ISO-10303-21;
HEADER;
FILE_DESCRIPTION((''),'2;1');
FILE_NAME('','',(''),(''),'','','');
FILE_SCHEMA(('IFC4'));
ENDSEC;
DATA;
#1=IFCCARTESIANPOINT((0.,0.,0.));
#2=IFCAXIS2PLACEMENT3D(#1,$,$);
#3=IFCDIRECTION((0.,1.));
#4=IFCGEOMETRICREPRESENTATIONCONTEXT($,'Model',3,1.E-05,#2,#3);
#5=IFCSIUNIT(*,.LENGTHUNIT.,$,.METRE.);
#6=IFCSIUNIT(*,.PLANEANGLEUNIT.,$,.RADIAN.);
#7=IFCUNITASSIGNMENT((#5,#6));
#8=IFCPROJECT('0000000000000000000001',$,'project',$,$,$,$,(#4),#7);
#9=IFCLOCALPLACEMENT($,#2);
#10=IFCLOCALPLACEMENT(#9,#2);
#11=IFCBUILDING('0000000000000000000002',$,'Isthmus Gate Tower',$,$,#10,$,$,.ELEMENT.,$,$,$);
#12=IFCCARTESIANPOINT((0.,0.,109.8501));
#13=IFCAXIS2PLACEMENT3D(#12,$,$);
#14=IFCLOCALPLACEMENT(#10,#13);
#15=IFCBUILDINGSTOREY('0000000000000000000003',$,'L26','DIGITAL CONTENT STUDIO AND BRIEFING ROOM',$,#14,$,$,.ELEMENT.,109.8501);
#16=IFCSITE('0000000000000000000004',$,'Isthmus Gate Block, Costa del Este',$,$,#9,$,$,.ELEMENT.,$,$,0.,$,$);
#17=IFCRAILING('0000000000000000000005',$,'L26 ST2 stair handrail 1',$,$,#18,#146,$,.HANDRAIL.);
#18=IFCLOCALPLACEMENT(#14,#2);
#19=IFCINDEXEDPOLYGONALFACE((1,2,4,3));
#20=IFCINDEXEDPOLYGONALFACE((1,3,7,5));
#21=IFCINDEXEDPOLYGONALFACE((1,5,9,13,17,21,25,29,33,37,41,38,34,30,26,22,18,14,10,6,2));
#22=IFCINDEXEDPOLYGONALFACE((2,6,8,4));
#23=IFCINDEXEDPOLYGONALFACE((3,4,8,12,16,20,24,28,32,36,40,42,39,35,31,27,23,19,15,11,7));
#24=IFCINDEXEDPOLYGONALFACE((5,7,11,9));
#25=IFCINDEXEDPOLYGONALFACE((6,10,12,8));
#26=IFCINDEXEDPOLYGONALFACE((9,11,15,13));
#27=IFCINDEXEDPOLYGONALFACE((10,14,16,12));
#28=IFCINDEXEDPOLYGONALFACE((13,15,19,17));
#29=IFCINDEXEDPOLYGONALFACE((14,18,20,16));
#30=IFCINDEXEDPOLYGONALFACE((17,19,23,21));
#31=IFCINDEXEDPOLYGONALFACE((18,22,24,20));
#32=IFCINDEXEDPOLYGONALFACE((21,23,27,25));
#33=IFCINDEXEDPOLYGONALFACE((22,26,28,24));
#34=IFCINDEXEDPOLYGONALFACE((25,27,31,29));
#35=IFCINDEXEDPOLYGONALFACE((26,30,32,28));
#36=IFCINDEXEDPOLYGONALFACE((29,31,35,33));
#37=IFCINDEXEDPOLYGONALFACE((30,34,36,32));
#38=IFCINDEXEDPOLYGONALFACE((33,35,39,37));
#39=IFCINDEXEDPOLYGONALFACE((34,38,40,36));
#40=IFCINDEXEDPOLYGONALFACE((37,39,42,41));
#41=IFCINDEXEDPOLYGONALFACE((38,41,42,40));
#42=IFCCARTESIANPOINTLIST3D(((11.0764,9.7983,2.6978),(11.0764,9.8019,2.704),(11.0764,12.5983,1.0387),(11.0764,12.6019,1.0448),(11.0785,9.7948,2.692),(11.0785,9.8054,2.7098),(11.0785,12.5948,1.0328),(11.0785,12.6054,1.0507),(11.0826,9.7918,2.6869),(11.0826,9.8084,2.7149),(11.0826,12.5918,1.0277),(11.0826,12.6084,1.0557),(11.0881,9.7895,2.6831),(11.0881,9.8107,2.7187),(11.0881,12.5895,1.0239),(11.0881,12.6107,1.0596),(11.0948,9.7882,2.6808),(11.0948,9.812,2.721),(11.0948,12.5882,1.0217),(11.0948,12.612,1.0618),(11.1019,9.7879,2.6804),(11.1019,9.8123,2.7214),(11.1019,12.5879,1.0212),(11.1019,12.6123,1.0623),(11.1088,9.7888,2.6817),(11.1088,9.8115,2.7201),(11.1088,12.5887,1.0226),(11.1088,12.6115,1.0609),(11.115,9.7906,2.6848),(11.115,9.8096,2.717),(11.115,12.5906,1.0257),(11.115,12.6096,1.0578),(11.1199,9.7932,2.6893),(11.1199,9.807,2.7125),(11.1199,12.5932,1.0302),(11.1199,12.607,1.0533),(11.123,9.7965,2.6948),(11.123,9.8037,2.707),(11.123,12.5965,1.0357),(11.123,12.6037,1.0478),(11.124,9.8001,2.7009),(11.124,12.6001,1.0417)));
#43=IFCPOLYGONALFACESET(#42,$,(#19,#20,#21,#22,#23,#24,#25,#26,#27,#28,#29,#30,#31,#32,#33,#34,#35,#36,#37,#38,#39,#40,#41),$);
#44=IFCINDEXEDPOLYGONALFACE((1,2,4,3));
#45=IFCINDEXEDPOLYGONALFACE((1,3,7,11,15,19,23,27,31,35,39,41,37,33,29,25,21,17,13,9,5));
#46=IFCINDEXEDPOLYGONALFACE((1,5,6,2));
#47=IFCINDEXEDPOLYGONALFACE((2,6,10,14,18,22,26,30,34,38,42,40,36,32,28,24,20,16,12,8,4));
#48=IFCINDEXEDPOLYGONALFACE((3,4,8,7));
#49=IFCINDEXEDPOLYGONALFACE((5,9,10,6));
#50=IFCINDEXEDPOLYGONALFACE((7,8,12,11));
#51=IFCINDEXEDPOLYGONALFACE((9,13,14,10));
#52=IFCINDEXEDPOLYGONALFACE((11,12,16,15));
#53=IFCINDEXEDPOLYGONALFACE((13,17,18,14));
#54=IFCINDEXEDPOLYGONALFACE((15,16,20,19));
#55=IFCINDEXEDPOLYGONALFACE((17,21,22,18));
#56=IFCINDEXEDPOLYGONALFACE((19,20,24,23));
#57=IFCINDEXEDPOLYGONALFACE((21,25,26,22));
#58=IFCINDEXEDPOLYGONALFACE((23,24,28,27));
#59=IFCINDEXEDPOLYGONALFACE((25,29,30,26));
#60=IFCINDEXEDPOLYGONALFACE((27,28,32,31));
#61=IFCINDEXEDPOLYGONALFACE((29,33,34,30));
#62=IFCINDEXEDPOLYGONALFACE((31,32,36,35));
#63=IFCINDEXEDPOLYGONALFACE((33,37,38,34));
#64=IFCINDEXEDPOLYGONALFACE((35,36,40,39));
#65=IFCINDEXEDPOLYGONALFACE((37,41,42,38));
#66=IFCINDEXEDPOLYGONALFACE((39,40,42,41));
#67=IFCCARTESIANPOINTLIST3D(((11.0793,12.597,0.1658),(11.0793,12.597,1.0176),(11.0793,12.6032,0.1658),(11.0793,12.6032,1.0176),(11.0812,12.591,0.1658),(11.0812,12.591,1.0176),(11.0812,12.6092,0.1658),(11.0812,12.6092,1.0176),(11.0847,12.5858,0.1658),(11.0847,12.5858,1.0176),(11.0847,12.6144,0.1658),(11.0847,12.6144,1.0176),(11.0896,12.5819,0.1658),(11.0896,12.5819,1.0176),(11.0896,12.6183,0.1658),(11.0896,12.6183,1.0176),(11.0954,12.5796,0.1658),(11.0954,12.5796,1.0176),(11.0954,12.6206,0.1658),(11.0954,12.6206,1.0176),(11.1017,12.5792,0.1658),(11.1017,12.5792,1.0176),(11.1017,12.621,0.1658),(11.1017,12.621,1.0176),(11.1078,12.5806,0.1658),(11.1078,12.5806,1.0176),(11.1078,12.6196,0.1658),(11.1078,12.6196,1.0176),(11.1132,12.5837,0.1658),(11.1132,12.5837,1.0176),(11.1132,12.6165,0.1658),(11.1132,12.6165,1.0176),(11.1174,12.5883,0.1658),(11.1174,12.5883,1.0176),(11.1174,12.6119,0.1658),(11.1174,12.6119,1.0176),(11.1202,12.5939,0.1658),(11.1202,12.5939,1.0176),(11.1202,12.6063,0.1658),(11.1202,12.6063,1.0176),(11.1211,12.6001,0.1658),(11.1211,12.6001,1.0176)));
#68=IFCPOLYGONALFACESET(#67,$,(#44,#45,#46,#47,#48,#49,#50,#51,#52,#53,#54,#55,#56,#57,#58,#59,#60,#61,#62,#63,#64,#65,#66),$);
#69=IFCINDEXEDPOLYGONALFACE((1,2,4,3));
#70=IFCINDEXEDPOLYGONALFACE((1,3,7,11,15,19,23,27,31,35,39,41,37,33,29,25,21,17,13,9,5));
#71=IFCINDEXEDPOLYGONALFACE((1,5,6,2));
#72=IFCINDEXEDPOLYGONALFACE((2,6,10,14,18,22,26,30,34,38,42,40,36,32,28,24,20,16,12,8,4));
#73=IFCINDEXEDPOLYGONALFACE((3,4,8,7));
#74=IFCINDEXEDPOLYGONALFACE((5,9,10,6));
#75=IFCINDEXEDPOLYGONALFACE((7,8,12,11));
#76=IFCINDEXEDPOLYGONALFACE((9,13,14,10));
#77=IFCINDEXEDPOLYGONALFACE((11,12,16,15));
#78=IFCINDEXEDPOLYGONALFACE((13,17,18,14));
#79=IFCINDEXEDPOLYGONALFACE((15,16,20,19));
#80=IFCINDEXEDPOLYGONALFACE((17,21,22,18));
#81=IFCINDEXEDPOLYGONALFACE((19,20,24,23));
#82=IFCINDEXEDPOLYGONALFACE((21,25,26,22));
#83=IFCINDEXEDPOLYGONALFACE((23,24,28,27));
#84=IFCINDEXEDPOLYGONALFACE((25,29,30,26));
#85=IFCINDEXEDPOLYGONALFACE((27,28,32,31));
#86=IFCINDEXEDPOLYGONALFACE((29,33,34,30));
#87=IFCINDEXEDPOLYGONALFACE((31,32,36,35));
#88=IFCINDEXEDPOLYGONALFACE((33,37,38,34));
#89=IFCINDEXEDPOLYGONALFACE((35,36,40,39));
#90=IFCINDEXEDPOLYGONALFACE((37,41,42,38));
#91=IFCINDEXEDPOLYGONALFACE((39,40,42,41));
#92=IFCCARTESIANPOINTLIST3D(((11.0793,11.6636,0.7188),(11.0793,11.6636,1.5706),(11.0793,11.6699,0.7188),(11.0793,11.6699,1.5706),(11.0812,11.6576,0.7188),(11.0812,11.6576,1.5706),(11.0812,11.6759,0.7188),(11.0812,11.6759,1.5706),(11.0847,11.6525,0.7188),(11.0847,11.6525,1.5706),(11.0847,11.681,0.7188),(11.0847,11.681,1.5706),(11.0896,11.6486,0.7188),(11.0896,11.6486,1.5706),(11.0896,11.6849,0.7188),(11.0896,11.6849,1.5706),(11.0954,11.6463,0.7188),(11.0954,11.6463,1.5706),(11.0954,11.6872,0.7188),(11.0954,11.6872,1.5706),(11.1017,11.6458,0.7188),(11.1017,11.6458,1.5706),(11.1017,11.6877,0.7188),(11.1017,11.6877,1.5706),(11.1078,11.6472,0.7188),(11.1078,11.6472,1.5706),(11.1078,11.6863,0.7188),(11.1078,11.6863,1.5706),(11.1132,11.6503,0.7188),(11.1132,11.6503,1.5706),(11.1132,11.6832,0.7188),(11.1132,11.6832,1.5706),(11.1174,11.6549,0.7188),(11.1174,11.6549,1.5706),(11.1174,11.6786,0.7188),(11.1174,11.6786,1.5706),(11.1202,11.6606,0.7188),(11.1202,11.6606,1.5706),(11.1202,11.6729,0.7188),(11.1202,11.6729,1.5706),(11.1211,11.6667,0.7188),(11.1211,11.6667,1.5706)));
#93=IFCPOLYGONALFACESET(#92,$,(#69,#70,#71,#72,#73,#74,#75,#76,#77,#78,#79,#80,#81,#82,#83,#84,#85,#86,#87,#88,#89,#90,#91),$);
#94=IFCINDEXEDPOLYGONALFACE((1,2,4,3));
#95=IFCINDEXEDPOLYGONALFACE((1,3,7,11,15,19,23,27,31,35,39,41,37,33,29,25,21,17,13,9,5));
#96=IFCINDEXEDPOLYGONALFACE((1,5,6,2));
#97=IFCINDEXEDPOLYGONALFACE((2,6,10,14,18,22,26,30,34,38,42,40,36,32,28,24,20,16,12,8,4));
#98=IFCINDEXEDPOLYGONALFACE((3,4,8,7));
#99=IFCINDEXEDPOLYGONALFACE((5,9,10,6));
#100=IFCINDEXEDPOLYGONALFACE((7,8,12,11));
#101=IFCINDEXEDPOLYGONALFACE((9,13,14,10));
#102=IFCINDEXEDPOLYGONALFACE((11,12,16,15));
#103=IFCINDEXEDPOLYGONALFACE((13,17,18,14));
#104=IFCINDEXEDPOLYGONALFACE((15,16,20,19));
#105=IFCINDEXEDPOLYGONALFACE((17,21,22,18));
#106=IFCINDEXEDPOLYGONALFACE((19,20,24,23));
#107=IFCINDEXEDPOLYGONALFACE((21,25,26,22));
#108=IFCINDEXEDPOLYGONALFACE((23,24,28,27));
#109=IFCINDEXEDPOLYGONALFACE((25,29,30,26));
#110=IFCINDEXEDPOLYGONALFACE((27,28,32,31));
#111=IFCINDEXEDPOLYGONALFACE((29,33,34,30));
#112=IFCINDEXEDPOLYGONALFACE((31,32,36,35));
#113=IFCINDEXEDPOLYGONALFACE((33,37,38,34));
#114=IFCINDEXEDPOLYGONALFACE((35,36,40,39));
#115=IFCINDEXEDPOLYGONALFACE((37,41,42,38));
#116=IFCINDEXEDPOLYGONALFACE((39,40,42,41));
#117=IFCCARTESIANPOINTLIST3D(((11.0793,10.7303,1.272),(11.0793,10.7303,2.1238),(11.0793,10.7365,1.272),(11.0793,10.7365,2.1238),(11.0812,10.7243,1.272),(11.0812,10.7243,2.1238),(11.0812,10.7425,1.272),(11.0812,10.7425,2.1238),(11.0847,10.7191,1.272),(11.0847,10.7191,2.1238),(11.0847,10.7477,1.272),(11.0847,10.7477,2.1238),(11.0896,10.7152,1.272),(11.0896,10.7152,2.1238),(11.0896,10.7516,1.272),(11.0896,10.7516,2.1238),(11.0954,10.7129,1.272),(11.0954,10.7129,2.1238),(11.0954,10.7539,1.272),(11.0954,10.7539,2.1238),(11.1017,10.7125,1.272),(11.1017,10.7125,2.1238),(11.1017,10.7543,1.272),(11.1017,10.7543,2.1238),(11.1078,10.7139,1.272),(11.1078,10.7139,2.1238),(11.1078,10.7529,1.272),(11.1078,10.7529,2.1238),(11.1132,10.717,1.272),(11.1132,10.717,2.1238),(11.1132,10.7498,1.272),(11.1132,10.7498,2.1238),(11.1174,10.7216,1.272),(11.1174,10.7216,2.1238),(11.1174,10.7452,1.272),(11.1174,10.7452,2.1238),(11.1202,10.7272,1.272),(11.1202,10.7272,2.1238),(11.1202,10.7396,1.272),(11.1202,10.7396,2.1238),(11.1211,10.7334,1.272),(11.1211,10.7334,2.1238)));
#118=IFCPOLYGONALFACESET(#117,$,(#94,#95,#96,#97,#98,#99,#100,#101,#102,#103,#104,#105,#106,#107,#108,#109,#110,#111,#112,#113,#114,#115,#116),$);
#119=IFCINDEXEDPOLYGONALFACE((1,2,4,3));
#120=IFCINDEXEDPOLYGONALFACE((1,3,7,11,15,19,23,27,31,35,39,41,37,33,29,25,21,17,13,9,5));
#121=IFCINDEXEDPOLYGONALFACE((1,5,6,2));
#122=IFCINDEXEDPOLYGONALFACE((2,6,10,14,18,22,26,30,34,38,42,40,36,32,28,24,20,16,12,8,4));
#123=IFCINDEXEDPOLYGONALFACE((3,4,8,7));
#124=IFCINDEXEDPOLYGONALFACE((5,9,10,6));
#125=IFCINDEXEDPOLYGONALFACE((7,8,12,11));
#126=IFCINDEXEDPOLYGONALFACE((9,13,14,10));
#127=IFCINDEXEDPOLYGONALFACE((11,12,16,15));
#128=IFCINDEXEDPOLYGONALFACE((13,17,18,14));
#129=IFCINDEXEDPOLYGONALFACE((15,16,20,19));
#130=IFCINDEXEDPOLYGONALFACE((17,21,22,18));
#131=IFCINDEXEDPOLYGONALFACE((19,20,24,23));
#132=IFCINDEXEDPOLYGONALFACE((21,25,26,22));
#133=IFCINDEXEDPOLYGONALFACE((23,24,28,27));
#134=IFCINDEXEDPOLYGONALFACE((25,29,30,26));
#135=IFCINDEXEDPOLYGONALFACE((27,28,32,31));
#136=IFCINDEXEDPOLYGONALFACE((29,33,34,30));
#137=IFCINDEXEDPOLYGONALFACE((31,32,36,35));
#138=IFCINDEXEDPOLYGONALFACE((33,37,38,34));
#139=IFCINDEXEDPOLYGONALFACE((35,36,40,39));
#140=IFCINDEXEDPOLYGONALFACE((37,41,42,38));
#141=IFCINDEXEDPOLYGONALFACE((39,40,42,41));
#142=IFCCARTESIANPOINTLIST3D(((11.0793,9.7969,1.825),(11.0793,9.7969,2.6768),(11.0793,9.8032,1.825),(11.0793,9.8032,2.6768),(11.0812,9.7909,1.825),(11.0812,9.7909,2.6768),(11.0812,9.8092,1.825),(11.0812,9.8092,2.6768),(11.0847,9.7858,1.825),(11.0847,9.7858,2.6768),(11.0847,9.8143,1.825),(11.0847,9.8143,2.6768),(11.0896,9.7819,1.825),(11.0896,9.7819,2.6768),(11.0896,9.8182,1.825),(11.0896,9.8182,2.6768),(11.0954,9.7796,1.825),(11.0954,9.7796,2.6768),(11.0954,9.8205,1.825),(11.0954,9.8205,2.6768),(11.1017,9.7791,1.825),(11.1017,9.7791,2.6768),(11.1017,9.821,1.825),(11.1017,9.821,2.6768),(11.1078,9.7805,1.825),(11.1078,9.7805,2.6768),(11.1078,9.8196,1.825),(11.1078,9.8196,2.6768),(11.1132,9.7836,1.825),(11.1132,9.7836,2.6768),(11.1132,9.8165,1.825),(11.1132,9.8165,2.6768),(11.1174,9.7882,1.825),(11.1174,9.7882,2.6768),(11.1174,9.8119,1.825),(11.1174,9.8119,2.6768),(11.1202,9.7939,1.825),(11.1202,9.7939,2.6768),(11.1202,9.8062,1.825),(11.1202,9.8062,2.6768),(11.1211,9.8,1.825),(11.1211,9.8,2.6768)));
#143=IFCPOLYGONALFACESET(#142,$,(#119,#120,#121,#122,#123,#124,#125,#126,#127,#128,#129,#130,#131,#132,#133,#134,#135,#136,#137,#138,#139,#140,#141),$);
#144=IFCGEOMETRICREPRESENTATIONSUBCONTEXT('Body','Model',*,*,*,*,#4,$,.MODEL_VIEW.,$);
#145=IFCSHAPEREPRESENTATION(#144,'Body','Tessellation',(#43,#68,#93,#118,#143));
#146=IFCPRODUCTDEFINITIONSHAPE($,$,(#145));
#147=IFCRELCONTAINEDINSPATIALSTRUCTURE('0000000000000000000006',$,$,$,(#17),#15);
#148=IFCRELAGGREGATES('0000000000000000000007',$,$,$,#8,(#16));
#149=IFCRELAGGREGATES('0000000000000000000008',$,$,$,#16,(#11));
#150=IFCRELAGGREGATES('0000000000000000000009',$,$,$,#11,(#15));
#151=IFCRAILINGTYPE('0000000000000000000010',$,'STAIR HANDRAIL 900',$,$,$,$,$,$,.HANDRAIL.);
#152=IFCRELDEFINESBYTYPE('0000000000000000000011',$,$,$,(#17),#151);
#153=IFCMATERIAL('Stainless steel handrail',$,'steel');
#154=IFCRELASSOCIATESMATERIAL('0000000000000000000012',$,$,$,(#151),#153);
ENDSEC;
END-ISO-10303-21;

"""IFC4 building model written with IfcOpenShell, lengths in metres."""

from ifc_helpers import new_model, si_unit, direction, frame, origin, origin_2d, place, context, subcontext, project, spatial, circle, extrude, material, type_object, element, save


model = new_model("IFC4")

# Units and contexts
model_context = context("Model", 3, precision=1e-05, world=origin(), true_north=direction((0.0, 1.0)))
body_context = subcontext(model_context, "Body", "Model", "MODEL_VIEW")
ifc_project = project(units=[si_unit("LENGTHUNIT", "METRE"), si_unit("PLANEANGLEUNIT", "RADIAN")], contexts=[model_context])

# Site, building, storey
site_placement = place(None, origin())
site = spatial("IfcSite", under=ifc_project, at=site_placement, Name="Isthmus Gate Block, Costa del Este", CompositionType="ELEMENT", RefElevation=0.0)
building_placement = place(site_placement, origin())
building = spatial("IfcBuilding", under=site, at=building_placement, Name="Isthmus Gate Tower", CompositionType="ELEMENT")
storey_placement = place(building_placement, frame((0.0, 0.0, 109.8501)))
storey = spatial("IfcBuildingStorey", under=building, at=storey_placement, Name="L26", Description="DIGITAL CONTENT STUDIO AND BRIEFING ROOM", CompositionType="ELEMENT", Elevation=109.8501)

# Railing
ifc_material_1 = material(Name="Stainless steel handrail", Category="steel")
railing_type_1 = type_object("IfcRailingType", Name="STAIR HANDRAIL 900", PredefinedType="HANDRAIL", material=ifc_material_1)
railing_1_placement = place(storey_placement, frame((11.1001, 12.6001, 0.1658)))
element("IfcRailing", 1, at=railing_1_placement, inside=storey, type_object=railing_type_1, Name="L26 ST2 stair handrail 1", PredefinedType="HANDRAIL", context=body_context, shape_type="SweptSolid", body=[
    extrude(circle(Radius=0.0239, at=origin_2d()), frame((0.0, 0.0, 0.876), z_axis=(0.0, -0.860306, 0.509778), x_axis=(1.0, 0.0, 0.0)), (0.0, 0.0, 1.0), 3.2546),
    extrude(circle(Radius=0.021, at=origin_2d()), origin(), (0.0, 0.0, 1.0), 0.8518),
    extrude(circle(Radius=0.021, at=origin_2d()), frame((0.0, -0.9333, 0.553)), (0.0, 0.0, 1.0), 0.8518),
    extrude(circle(Radius=0.021, at=origin_2d()), frame((0.0, -1.8667, 1.1062)), (0.0, 0.0, 1.0), 0.8518),
    extrude(circle(Radius=0.021, at=origin_2d()), frame((0.0, -2.8, 1.6592)), (0.0, 0.0, 1.0), 0.8518),
])

save(model, "model.ifc")
